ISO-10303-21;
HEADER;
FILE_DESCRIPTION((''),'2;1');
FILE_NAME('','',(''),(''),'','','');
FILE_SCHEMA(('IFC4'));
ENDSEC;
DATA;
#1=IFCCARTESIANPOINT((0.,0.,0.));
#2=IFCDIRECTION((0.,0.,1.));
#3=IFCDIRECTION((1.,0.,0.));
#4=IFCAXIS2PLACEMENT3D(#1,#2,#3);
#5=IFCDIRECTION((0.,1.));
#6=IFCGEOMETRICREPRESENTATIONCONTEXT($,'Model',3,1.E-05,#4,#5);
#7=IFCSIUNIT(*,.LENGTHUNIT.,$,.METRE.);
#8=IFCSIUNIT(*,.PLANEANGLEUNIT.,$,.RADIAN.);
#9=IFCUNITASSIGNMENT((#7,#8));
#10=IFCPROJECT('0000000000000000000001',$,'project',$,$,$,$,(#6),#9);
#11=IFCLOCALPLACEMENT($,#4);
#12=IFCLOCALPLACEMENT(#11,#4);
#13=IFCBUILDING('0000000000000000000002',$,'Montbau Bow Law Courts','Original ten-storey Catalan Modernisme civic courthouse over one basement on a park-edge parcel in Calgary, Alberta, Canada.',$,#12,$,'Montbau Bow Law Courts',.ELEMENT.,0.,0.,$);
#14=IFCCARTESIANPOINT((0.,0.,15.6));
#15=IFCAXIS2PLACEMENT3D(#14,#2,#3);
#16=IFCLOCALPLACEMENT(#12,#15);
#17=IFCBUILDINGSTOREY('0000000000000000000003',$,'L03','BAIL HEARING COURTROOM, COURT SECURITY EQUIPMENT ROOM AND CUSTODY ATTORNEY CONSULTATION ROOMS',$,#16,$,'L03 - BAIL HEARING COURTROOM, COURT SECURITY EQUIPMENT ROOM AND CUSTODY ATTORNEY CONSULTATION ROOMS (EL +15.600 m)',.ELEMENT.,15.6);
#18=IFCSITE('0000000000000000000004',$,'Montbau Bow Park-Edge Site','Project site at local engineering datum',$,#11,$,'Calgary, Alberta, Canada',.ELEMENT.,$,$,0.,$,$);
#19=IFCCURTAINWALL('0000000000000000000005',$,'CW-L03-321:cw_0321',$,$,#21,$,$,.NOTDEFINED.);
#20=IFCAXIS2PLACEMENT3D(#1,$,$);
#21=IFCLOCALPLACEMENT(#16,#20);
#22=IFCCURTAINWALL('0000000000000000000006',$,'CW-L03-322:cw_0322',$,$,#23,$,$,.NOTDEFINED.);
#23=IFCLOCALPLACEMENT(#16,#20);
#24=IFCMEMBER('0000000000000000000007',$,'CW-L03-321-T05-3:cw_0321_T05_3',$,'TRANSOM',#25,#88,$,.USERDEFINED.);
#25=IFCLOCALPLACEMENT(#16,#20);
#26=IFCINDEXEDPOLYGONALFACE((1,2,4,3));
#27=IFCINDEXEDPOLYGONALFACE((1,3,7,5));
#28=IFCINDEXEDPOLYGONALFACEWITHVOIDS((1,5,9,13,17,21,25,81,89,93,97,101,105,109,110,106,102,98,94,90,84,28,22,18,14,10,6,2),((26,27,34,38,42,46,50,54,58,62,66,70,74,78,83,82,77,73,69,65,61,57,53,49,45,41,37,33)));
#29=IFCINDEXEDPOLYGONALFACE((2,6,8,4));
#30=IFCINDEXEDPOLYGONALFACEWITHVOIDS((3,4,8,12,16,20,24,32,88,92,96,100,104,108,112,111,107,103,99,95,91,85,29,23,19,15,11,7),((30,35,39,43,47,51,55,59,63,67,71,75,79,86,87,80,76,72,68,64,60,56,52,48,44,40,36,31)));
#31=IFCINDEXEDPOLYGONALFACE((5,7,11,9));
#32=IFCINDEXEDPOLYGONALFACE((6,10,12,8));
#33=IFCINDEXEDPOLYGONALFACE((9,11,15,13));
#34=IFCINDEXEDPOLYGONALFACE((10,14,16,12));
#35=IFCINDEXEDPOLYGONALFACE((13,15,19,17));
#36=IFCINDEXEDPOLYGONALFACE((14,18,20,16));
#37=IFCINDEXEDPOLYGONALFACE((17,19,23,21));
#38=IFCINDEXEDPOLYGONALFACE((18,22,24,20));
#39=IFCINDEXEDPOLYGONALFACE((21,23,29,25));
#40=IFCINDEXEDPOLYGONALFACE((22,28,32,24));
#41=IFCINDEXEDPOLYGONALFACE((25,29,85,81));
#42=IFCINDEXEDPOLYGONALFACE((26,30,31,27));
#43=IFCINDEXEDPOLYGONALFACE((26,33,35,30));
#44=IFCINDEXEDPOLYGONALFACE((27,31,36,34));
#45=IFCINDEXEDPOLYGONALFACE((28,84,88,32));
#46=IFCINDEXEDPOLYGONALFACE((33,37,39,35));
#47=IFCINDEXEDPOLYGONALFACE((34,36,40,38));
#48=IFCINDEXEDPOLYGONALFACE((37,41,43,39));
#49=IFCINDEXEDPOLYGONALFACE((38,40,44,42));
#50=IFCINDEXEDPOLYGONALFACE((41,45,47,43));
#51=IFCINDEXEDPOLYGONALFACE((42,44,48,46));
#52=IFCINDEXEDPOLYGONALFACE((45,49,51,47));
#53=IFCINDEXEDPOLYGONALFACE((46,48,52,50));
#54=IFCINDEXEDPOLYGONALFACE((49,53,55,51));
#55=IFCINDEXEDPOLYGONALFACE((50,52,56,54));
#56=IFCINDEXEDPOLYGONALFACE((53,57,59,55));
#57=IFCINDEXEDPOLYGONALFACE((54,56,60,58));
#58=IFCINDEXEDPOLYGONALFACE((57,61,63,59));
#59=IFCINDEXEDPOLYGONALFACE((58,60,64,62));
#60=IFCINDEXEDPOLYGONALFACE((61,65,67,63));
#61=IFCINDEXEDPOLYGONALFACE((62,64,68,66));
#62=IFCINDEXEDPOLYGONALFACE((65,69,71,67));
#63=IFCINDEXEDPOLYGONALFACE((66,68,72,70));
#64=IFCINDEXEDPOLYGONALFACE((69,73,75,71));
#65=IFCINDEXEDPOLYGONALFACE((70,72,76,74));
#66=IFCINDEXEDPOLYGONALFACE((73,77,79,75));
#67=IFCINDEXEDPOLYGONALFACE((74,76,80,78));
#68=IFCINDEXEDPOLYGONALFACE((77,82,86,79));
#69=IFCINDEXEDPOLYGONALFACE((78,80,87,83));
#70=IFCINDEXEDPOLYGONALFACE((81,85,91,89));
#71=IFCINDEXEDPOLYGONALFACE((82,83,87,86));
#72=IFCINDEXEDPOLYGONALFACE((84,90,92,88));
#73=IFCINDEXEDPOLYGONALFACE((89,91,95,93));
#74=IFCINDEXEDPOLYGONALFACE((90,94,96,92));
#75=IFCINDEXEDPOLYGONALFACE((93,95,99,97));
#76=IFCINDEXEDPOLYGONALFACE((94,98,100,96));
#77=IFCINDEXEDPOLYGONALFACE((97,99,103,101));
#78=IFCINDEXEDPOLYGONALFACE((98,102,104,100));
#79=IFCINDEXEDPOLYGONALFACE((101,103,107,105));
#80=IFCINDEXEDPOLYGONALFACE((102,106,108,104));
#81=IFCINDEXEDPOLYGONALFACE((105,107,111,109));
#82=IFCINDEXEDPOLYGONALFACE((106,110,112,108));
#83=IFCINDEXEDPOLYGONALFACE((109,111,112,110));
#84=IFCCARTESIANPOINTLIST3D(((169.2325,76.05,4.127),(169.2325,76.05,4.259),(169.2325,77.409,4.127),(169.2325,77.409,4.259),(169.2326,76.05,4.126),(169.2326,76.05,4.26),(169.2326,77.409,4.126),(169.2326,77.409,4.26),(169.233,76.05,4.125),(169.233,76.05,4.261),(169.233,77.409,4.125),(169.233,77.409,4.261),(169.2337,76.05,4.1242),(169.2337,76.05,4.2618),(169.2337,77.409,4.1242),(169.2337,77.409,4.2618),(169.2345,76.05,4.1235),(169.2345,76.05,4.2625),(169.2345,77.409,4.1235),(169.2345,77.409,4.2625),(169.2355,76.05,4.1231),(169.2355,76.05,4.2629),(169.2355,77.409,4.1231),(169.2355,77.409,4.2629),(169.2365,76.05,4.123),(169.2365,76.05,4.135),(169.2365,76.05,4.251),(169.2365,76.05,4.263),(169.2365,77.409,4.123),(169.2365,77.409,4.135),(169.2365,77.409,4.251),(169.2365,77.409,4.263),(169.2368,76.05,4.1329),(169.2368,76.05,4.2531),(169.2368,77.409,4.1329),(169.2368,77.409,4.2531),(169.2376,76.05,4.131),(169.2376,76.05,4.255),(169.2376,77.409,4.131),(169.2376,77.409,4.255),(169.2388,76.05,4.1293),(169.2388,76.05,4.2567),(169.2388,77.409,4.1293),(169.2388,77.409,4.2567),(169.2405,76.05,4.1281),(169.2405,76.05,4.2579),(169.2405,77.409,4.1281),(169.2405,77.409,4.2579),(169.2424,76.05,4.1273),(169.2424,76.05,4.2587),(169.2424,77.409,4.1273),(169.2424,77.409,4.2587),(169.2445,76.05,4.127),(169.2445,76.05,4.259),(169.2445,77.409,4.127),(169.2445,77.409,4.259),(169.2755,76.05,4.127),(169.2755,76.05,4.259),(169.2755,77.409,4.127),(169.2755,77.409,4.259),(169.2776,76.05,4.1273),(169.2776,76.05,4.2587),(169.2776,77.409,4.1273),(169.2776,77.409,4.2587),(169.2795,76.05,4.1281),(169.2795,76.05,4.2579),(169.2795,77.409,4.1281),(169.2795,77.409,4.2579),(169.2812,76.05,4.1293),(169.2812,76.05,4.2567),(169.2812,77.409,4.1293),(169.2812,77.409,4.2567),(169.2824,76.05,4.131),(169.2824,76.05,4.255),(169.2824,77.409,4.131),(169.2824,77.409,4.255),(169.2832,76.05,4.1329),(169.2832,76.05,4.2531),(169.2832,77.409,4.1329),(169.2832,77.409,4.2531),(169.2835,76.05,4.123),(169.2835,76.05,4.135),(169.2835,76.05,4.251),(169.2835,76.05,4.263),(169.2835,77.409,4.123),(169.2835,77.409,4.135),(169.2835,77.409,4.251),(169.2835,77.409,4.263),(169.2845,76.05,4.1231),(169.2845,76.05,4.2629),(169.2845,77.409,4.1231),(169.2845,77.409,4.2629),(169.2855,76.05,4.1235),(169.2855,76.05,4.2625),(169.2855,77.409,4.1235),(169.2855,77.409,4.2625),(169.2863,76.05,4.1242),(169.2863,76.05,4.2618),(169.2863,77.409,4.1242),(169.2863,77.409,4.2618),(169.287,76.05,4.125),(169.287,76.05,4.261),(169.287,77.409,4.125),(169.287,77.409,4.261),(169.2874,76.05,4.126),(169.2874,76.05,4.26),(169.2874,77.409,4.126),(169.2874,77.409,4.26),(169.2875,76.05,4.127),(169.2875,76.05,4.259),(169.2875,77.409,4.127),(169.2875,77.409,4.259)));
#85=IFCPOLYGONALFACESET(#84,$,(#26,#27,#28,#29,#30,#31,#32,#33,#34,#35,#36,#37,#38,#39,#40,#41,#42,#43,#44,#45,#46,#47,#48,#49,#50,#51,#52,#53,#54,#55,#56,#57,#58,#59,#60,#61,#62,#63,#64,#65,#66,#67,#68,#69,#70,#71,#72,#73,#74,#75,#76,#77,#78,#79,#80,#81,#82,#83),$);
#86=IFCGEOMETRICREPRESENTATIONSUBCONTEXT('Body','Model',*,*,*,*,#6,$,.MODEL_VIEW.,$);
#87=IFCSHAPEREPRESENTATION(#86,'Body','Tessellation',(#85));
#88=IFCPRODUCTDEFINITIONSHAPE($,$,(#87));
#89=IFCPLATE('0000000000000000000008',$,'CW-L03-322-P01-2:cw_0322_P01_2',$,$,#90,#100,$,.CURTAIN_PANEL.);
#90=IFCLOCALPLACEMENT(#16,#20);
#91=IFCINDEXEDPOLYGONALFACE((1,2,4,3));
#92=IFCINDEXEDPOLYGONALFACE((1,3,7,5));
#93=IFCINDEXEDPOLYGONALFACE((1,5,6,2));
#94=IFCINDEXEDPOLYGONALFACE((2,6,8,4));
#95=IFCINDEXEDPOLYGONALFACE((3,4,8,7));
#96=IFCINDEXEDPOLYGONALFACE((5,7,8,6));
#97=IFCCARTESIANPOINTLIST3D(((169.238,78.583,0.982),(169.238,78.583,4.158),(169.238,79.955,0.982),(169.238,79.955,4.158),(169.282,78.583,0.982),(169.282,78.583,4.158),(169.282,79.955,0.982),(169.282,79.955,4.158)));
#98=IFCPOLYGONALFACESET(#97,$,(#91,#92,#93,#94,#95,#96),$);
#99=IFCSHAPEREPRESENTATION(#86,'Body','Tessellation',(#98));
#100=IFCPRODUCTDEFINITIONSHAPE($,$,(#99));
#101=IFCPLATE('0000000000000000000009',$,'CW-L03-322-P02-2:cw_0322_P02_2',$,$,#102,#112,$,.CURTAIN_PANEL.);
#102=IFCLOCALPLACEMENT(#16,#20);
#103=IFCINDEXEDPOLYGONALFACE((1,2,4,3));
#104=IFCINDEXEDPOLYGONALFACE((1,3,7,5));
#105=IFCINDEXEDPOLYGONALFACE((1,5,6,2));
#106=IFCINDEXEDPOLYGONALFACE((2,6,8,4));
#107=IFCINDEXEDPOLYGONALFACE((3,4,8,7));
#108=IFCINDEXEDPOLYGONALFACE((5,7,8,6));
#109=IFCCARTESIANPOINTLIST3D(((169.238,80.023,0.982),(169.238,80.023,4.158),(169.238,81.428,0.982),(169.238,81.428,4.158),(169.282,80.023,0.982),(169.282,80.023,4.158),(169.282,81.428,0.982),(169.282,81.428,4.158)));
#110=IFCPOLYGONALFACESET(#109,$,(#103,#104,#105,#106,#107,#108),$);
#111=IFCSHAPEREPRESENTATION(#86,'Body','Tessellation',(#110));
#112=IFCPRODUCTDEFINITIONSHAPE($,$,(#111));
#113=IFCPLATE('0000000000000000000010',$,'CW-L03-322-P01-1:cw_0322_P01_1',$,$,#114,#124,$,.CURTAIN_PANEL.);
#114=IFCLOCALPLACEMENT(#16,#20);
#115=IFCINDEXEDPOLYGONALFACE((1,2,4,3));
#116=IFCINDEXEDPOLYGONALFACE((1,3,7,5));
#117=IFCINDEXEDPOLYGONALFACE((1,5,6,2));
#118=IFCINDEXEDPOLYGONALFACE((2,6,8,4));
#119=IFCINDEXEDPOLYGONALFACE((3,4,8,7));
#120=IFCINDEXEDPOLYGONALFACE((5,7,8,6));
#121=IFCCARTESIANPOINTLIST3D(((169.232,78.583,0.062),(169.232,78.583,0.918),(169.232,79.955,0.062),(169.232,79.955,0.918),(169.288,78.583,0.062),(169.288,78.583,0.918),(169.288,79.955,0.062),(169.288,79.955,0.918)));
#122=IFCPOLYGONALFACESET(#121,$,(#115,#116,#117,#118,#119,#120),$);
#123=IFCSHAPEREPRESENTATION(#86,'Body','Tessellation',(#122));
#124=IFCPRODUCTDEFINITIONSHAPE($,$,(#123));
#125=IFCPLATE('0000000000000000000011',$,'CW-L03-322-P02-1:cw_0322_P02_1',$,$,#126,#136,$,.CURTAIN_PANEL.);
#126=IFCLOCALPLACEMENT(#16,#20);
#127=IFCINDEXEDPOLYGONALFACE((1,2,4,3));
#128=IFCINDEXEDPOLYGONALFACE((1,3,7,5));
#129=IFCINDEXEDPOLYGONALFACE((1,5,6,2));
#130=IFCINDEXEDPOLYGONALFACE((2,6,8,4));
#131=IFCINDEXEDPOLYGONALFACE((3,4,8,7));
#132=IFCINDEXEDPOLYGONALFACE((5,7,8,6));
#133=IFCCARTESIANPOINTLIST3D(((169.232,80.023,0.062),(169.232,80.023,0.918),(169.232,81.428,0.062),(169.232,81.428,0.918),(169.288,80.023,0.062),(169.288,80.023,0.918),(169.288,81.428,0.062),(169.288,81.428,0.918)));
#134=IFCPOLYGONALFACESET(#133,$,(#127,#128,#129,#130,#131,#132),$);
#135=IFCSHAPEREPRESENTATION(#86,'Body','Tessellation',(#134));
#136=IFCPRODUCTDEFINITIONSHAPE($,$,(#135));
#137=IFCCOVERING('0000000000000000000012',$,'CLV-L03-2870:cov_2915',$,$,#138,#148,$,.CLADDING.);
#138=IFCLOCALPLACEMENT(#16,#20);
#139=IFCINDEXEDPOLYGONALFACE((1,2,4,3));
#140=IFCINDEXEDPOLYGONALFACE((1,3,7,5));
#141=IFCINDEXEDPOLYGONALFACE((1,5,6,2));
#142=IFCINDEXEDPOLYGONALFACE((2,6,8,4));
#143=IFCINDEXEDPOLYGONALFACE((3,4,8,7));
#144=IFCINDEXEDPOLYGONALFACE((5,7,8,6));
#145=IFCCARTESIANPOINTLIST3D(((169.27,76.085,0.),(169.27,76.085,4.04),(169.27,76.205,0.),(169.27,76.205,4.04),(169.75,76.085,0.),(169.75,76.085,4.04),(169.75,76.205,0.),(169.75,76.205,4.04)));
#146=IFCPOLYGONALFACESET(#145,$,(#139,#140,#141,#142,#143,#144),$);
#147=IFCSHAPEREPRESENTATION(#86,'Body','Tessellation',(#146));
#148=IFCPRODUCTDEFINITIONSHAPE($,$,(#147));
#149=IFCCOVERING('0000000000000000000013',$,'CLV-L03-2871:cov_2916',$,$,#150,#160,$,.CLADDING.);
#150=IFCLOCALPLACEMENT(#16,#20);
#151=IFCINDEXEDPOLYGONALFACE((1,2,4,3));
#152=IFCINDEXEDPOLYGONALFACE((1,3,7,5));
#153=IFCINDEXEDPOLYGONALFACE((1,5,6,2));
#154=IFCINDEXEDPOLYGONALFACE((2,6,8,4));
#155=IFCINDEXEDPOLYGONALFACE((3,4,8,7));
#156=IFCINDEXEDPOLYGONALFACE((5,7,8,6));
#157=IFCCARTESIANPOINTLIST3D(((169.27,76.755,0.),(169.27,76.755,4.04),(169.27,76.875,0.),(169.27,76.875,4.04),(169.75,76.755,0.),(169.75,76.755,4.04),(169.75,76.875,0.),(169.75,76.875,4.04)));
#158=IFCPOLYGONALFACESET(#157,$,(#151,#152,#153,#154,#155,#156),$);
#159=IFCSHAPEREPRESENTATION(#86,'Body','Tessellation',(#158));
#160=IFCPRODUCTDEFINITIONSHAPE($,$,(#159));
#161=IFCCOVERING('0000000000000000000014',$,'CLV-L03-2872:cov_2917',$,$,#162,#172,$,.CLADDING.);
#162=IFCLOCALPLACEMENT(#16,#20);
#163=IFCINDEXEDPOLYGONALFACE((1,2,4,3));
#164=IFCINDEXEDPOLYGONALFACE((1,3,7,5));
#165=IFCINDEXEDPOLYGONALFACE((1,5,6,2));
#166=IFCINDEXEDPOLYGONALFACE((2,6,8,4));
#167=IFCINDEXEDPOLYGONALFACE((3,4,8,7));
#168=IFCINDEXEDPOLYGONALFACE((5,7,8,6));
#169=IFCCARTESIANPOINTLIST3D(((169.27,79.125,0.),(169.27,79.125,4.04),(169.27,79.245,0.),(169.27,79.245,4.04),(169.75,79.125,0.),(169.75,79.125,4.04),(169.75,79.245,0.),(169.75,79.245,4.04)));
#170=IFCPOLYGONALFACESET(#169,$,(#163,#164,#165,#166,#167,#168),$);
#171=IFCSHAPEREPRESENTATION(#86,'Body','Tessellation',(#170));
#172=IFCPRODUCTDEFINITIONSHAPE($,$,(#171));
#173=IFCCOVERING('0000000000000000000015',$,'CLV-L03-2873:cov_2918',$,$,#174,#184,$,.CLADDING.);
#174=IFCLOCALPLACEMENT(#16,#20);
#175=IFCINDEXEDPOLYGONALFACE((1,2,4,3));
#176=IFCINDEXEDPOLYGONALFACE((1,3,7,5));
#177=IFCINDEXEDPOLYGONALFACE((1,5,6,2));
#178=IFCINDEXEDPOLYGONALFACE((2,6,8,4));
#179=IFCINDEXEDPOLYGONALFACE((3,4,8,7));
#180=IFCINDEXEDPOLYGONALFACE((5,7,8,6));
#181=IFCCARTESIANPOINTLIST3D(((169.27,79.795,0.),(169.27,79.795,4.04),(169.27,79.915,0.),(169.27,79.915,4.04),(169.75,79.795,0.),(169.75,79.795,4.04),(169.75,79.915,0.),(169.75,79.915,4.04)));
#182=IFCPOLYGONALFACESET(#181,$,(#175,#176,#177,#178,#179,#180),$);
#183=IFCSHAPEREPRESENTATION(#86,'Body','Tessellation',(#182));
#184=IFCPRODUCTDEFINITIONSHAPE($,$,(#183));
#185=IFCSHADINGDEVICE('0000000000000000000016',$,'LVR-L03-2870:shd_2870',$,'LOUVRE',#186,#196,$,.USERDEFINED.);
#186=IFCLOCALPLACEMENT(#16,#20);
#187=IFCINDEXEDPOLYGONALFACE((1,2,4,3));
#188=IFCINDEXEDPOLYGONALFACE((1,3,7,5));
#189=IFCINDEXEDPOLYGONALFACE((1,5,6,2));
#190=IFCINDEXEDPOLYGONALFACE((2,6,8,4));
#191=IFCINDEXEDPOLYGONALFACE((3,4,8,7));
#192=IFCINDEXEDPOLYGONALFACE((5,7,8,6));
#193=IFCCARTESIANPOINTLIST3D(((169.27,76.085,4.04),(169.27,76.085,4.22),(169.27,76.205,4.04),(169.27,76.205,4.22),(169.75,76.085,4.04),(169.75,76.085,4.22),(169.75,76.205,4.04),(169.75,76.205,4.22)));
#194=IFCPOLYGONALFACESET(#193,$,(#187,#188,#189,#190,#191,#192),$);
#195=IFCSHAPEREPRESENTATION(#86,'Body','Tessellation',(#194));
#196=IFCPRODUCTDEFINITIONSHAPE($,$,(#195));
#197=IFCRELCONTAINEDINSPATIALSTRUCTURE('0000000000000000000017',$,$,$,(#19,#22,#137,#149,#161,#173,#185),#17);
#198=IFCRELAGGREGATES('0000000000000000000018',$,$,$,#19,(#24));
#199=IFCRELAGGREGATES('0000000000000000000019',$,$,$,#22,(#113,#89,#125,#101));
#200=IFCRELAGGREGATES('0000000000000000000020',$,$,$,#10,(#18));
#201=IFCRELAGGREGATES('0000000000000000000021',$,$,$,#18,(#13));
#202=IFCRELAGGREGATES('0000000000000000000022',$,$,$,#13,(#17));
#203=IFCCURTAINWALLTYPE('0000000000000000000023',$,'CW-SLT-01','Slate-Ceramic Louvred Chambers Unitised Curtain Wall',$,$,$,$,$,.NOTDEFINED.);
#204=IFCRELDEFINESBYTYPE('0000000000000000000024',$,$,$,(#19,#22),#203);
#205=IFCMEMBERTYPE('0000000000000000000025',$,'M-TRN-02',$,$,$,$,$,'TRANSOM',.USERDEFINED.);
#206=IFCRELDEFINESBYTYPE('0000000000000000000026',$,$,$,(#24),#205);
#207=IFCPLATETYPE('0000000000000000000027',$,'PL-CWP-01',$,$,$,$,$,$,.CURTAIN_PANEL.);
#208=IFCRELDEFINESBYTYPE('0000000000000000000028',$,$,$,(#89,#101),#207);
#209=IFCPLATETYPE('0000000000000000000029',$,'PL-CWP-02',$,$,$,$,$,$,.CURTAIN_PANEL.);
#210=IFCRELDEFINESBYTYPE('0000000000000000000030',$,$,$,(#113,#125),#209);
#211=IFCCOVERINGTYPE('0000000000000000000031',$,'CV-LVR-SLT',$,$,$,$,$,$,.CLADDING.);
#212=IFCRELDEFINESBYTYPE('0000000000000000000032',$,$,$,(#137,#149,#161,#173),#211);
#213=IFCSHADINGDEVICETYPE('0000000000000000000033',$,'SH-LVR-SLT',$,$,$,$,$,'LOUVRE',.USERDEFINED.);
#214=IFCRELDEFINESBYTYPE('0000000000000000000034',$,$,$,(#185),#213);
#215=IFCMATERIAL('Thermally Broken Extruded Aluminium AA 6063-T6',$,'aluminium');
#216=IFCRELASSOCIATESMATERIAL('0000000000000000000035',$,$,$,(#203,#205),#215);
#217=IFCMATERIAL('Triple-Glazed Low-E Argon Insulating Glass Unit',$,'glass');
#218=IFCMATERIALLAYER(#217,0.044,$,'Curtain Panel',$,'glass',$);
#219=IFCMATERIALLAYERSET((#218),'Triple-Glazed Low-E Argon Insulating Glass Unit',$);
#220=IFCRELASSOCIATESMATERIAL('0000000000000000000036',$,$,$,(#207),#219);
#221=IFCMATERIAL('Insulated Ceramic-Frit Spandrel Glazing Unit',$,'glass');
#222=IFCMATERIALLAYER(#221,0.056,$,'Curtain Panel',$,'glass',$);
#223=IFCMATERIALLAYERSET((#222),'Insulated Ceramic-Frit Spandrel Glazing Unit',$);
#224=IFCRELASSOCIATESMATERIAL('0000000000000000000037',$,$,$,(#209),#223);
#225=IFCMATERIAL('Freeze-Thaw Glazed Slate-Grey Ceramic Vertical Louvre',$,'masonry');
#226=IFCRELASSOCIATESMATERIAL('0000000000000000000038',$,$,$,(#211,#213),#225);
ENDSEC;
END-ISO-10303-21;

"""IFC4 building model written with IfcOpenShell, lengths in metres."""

from ifc_helpers import new_model, si_unit, direction, frame, frame_2d, origin_with_axes, origin_2d_with_axis, place, context, subcontext, project, spatial, rectangle, hollow_rectangle, extrude, material, layer, layer_set, material_profile, profile_set, type_object, element, aggregate, save


model = new_model("IFC4")

# Units and contexts
model_context = context("Model", 3, precision=1e-05, world=origin_with_axes(), true_north=direction((0.0, 1.0)))
body_context = subcontext(model_context, "Body", "Model", "MODEL_VIEW")
ifc_project = project(units=[si_unit("LENGTHUNIT", "METRE"), si_unit("PLANEANGLEUNIT", "RADIAN")], contexts=[model_context])

# Site, building, storey
site_placement = place(None, origin_with_axes())
site = spatial("IfcSite", under=ifc_project, at=site_placement, Name="Montbau Bow Park-Edge Site", Description="Project site at local engineering datum", LongName="Calgary, Alberta, Canada", CompositionType="ELEMENT", RefElevation=0.0)
building_placement = place(site_placement, origin_with_axes())
building = spatial("IfcBuilding", under=site, at=building_placement, Name="Montbau Bow Law Courts", Description="Original ten-storey Catalan Modernisme civic courthouse over one basement on a park-edge parcel in Calgary, Alberta, Canada.", LongName="Montbau Bow Law Courts", CompositionType="ELEMENT", ElevationOfRefHeight=0.0, ElevationOfTerrain=0.0)
storey_placement = place(building_placement, frame((0.0, 0.0, 15.6), z_axis=(0.0, 0.0, 1.0), x_axis=(1.0, 0.0, 0.0)))
storey = spatial("IfcBuildingStorey", under=building, at=storey_placement, Name="L03", Description="BAIL HEARING COURTROOM, COURT SECURITY EQUIPMENT ROOM AND CUSTODY ATTORNEY CONSULTATION ROOMS", LongName="L03 - BAIL HEARING COURTROOM, COURT SECURITY EQUIPMENT ROOM AND CUSTODY ATTORNEY CONSULTATION ROOMS (EL +15.600 m)", CompositionType="ELEMENT", Elevation=15.6)

# Curtain wall
ifc_material_1 = material(Name="Thermally Broken Extruded Aluminium AA 6063-T6", Category="aluminium")
curtain_wall_type = type_object("IfcCurtainWallType", Name="CW-SLT-01", Description="Slate-Ceramic Louvred Chambers Unitised Curtain Wall", PredefinedType="NOTDEFINED", material=ifc_material_1)
curtain_wall_1_placement = place(None, frame((169.26, 70.115, 15.6), z_axis=(0.0, 0.0, 1.0), x_axis=(1.0, 0.0, 0.0)))
curtain_wall_1 = element("IfcCurtainWall", 1, at=curtain_wall_1_placement, inside=storey, type_object=curtain_wall_type, Name="CW-L03-321:cw_0321", PredefinedType="NOTDEFINED")

# Curtain wall
curtain_wall_2_placement = place(None, frame((169.26, 78.515, 15.6), z_axis=(0.0, 0.0, 1.0), x_axis=(1.0, 0.0, 0.0)))
curtain_wall_2 = element("IfcCurtainWall", 2, at=curtain_wall_2_placement, inside=storey, type_object=curtain_wall_type, Name="CW-L03-322:cw_0322", PredefinedType="NOTDEFINED")

# Member
ifc_material_profile_1 = material_profile(ifc_material_1, hollow_rectangle(XDim=0.055, YDim=0.14, WallThickness=0.004, InnerFilletRadius=0.008, OuterFilletRadius=0.004, at=origin_2d_with_axis()), Name="CWT-140X55", Category="Main", Priority=0)
ifc_profile_set_1 = profile_set([ifc_material_profile_1], Name="Thermally Broken Extruded Aluminium AA 6063-T6")
member_type_1 = type_object("IfcMemberType", Name="M-TRN-02", ElementType="TRANSOM", PredefinedType="USERDEFINED", material=ifc_profile_set_1)
member_1_placement = place(None, frame((169.26, 76.05, 19.793), z_axis=(0.0, 1.0, 0.0), x_axis=(-1.0, 0.0, 0.0)))
member_1 = element("IfcMember", 3, at=member_1_placement, type_object=member_type_1, Name="CW-L03-321-T05-3:cw_0321_T05_3", ObjectType="TRANSOM", PredefinedType="USERDEFINED", context=body_context, shape_type="SweptSolid", body=[
    extrude(hollow_rectangle(XDim=0.055, YDim=0.14, WallThickness=0.004, InnerFilletRadius=0.008, OuterFilletRadius=0.004, at=origin_2d_with_axis()), origin_with_axes(), (0.0, 0.0, 1.0), 1.359),
])
aggregate(curtain_wall_1, [member_1])

# Plates
ifc_material_2 = material(Name="Triple-Glazed Low-E Argon Insulating Glass Unit", Category="glass")
ifc_layer_1 = layer(ifc_material_2, 0.044, Name="Curtain Panel", Category="glass")
ifc_layer_set_1 = layer_set([ifc_layer_1], Name="Triple-Glazed Low-E Argon Insulating Glass Unit")
plate_type_1 = type_object("IfcPlateType", Name="PL-CWP-01", PredefinedType="CURTAIN_PANEL", material=ifc_layer_set_1)
plate_1_placement = place(None, frame((169.26, 78.583, 16.582), z_axis=(1.0, 0.0, 0.0), x_axis=(0.0, 1.0, 0.0)))
plate_1 = element("IfcPlate", 4, at=plate_1_placement, type_object=plate_type_1, Name="CW-L03-322-P01-2:cw_0322_P01_2", PredefinedType="CURTAIN_PANEL", context=body_context, shape_type="SweptSolid", body=[
    extrude(rectangle(XDim=1.372, YDim=3.176, at=frame_2d((0.686, 1.588), x_axis=(1.0, 0.0))), frame((0.0, 0.0, -0.022), z_axis=(0.0, 0.0, 1.0), x_axis=(1.0, 0.0, 0.0)), (0.0, 0.0, 1.0), 0.044),
])
plate_2_placement = place(None, frame((169.26, 80.023, 16.582), z_axis=(1.0, 0.0, 0.0), x_axis=(0.0, 1.0, 0.0)))
plate_2 = element("IfcPlate", 5, at=plate_2_placement, type_object=plate_type_1, Name="CW-L03-322-P02-2:cw_0322_P02_2", PredefinedType="CURTAIN_PANEL", context=body_context, shape_type="SweptSolid", body=[
    extrude(rectangle(XDim=1.405, YDim=3.176, at=frame_2d((0.7025, 1.588), x_axis=(1.0, 0.0))), frame((0.0, 0.0, -0.022), z_axis=(0.0, 0.0, 1.0), x_axis=(1.0, 0.0, 0.0)), (0.0, 0.0, 1.0), 0.044),
])
ifc_material_3 = material(Name="Insulated Ceramic-Frit Spandrel Glazing Unit", Category="glass")
ifc_layer_2 = layer(ifc_material_3, 0.056, Name="Curtain Panel", Category="glass")
ifc_layer_set_2 = layer_set([ifc_layer_2], Name="Insulated Ceramic-Frit Spandrel Glazing Unit")
plate_type_2 = type_object("IfcPlateType", Name="PL-CWP-02", PredefinedType="CURTAIN_PANEL", material=ifc_layer_set_2)
plate_3_placement = place(None, frame((169.26, 78.583, 15.662), z_axis=(1.0, 0.0, 0.0), x_axis=(0.0, 1.0, 0.0)))
plate_3 = element("IfcPlate", 6, at=plate_3_placement, type_object=plate_type_2, Name="CW-L03-322-P01-1:cw_0322_P01_1", PredefinedType="CURTAIN_PANEL", context=body_context, shape_type="SweptSolid", body=[
    extrude(rectangle(XDim=1.372, YDim=0.856, at=frame_2d((0.686, 0.428), x_axis=(1.0, 0.0))), frame((0.0, 0.0, -0.028), z_axis=(0.0, 0.0, 1.0), x_axis=(1.0, 0.0, 0.0)), (0.0, 0.0, 1.0), 0.056),
])
plate_4_placement = place(None, frame((169.26, 80.023, 15.662), z_axis=(1.0, 0.0, 0.0), x_axis=(0.0, 1.0, 0.0)))
plate_4 = element("IfcPlate", 7, at=plate_4_placement, type_object=plate_type_2, Name="CW-L03-322-P02-1:cw_0322_P02_1", PredefinedType="CURTAIN_PANEL", context=body_context, shape_type="SweptSolid", body=[
    extrude(rectangle(XDim=1.405, YDim=0.856, at=frame_2d((0.7025, 0.428), x_axis=(1.0, 0.0))), frame((0.0, 0.0, -0.028), z_axis=(0.0, 0.0, 1.0), x_axis=(1.0, 0.0, 0.0)), (0.0, 0.0, 1.0), 0.056),
])
aggregate(curtain_wall_2, [plate_3, plate_1, plate_4, plate_2])

# Coverings
ifc_material_4 = material(Name="Freeze-Thaw Glazed Slate-Grey Ceramic Vertical Louvre", Category="masonry")
covering_type = type_object("IfcCoveringType", Name="CV-LVR-SLT", PredefinedType="CLADDING", material=ifc_material_4)
for number, where, z_axis, x_axis, name in (
    (8, (169.27, 76.145, 15.6), (0.0, -1.0, 0.0), (1.0, 0.0, 0.0), "CLV-L03-2870:cov_2915"),
    (9, (169.27, 76.815, 15.6), (0.0, -1.0, 0.0), (1.0, 0.0, 0.0), "CLV-L03-2871:cov_2916"),
    (10, (169.27, 79.185, 15.6), (0.0, -1.0, 0.0), (1.0, 0.0, 0.0), "CLV-L03-2872:cov_2917"),
    (11, (169.27, 79.855, 15.6), (0.0, -1.0, 0.0), (1.0, 0.0, 0.0), "CLV-L03-2873:cov_2918"),
):
    element("IfcCovering", number, at=place(None, frame(where, z_axis=z_axis, x_axis=x_axis)), inside=storey, type_object=covering_type, Name=name, PredefinedType="CLADDING", context=body_context, shape_type="SweptSolid", body=[
        extrude(rectangle(XDim=0.48, YDim=4.04, at=frame_2d((0.24, 2.02), x_axis=(1.0, 0.0))), frame((0.0, 0.0, -0.06), z_axis=(0.0, 0.0, 1.0), x_axis=(1.0, 0.0, 0.0)), (0.0, 0.0, 1.0), 0.12),
    ])

# Shading device
shading_device_type = type_object("IfcShadingDeviceType", Name="SH-LVR-SLT", ElementType="LOUVRE", PredefinedType="USERDEFINED", material=ifc_material_4)
for number, where, z_axis, x_axis, name in (
    (12, (169.51, 76.145, 19.64), (0.0, 0.0, 1.0), (1.0, 0.0, 0.0), "LVR-L03-2870:shd_2870"),
):
    element("IfcShadingDevice", number, at=place(None, frame(where, z_axis=z_axis, x_axis=x_axis)), inside=storey, type_object=shading_device_type, Name=name, ObjectType="LOUVRE", PredefinedType="USERDEFINED", context=body_context, shape_type="SweptSolid", body=[
        extrude(rectangle(XDim=0.48, YDim=0.12, at=origin_2d_with_axis()), origin_with_axes(), (0.0, 0.0, 1.0), 0.18),
    ])

save(model, "model.ifc")
